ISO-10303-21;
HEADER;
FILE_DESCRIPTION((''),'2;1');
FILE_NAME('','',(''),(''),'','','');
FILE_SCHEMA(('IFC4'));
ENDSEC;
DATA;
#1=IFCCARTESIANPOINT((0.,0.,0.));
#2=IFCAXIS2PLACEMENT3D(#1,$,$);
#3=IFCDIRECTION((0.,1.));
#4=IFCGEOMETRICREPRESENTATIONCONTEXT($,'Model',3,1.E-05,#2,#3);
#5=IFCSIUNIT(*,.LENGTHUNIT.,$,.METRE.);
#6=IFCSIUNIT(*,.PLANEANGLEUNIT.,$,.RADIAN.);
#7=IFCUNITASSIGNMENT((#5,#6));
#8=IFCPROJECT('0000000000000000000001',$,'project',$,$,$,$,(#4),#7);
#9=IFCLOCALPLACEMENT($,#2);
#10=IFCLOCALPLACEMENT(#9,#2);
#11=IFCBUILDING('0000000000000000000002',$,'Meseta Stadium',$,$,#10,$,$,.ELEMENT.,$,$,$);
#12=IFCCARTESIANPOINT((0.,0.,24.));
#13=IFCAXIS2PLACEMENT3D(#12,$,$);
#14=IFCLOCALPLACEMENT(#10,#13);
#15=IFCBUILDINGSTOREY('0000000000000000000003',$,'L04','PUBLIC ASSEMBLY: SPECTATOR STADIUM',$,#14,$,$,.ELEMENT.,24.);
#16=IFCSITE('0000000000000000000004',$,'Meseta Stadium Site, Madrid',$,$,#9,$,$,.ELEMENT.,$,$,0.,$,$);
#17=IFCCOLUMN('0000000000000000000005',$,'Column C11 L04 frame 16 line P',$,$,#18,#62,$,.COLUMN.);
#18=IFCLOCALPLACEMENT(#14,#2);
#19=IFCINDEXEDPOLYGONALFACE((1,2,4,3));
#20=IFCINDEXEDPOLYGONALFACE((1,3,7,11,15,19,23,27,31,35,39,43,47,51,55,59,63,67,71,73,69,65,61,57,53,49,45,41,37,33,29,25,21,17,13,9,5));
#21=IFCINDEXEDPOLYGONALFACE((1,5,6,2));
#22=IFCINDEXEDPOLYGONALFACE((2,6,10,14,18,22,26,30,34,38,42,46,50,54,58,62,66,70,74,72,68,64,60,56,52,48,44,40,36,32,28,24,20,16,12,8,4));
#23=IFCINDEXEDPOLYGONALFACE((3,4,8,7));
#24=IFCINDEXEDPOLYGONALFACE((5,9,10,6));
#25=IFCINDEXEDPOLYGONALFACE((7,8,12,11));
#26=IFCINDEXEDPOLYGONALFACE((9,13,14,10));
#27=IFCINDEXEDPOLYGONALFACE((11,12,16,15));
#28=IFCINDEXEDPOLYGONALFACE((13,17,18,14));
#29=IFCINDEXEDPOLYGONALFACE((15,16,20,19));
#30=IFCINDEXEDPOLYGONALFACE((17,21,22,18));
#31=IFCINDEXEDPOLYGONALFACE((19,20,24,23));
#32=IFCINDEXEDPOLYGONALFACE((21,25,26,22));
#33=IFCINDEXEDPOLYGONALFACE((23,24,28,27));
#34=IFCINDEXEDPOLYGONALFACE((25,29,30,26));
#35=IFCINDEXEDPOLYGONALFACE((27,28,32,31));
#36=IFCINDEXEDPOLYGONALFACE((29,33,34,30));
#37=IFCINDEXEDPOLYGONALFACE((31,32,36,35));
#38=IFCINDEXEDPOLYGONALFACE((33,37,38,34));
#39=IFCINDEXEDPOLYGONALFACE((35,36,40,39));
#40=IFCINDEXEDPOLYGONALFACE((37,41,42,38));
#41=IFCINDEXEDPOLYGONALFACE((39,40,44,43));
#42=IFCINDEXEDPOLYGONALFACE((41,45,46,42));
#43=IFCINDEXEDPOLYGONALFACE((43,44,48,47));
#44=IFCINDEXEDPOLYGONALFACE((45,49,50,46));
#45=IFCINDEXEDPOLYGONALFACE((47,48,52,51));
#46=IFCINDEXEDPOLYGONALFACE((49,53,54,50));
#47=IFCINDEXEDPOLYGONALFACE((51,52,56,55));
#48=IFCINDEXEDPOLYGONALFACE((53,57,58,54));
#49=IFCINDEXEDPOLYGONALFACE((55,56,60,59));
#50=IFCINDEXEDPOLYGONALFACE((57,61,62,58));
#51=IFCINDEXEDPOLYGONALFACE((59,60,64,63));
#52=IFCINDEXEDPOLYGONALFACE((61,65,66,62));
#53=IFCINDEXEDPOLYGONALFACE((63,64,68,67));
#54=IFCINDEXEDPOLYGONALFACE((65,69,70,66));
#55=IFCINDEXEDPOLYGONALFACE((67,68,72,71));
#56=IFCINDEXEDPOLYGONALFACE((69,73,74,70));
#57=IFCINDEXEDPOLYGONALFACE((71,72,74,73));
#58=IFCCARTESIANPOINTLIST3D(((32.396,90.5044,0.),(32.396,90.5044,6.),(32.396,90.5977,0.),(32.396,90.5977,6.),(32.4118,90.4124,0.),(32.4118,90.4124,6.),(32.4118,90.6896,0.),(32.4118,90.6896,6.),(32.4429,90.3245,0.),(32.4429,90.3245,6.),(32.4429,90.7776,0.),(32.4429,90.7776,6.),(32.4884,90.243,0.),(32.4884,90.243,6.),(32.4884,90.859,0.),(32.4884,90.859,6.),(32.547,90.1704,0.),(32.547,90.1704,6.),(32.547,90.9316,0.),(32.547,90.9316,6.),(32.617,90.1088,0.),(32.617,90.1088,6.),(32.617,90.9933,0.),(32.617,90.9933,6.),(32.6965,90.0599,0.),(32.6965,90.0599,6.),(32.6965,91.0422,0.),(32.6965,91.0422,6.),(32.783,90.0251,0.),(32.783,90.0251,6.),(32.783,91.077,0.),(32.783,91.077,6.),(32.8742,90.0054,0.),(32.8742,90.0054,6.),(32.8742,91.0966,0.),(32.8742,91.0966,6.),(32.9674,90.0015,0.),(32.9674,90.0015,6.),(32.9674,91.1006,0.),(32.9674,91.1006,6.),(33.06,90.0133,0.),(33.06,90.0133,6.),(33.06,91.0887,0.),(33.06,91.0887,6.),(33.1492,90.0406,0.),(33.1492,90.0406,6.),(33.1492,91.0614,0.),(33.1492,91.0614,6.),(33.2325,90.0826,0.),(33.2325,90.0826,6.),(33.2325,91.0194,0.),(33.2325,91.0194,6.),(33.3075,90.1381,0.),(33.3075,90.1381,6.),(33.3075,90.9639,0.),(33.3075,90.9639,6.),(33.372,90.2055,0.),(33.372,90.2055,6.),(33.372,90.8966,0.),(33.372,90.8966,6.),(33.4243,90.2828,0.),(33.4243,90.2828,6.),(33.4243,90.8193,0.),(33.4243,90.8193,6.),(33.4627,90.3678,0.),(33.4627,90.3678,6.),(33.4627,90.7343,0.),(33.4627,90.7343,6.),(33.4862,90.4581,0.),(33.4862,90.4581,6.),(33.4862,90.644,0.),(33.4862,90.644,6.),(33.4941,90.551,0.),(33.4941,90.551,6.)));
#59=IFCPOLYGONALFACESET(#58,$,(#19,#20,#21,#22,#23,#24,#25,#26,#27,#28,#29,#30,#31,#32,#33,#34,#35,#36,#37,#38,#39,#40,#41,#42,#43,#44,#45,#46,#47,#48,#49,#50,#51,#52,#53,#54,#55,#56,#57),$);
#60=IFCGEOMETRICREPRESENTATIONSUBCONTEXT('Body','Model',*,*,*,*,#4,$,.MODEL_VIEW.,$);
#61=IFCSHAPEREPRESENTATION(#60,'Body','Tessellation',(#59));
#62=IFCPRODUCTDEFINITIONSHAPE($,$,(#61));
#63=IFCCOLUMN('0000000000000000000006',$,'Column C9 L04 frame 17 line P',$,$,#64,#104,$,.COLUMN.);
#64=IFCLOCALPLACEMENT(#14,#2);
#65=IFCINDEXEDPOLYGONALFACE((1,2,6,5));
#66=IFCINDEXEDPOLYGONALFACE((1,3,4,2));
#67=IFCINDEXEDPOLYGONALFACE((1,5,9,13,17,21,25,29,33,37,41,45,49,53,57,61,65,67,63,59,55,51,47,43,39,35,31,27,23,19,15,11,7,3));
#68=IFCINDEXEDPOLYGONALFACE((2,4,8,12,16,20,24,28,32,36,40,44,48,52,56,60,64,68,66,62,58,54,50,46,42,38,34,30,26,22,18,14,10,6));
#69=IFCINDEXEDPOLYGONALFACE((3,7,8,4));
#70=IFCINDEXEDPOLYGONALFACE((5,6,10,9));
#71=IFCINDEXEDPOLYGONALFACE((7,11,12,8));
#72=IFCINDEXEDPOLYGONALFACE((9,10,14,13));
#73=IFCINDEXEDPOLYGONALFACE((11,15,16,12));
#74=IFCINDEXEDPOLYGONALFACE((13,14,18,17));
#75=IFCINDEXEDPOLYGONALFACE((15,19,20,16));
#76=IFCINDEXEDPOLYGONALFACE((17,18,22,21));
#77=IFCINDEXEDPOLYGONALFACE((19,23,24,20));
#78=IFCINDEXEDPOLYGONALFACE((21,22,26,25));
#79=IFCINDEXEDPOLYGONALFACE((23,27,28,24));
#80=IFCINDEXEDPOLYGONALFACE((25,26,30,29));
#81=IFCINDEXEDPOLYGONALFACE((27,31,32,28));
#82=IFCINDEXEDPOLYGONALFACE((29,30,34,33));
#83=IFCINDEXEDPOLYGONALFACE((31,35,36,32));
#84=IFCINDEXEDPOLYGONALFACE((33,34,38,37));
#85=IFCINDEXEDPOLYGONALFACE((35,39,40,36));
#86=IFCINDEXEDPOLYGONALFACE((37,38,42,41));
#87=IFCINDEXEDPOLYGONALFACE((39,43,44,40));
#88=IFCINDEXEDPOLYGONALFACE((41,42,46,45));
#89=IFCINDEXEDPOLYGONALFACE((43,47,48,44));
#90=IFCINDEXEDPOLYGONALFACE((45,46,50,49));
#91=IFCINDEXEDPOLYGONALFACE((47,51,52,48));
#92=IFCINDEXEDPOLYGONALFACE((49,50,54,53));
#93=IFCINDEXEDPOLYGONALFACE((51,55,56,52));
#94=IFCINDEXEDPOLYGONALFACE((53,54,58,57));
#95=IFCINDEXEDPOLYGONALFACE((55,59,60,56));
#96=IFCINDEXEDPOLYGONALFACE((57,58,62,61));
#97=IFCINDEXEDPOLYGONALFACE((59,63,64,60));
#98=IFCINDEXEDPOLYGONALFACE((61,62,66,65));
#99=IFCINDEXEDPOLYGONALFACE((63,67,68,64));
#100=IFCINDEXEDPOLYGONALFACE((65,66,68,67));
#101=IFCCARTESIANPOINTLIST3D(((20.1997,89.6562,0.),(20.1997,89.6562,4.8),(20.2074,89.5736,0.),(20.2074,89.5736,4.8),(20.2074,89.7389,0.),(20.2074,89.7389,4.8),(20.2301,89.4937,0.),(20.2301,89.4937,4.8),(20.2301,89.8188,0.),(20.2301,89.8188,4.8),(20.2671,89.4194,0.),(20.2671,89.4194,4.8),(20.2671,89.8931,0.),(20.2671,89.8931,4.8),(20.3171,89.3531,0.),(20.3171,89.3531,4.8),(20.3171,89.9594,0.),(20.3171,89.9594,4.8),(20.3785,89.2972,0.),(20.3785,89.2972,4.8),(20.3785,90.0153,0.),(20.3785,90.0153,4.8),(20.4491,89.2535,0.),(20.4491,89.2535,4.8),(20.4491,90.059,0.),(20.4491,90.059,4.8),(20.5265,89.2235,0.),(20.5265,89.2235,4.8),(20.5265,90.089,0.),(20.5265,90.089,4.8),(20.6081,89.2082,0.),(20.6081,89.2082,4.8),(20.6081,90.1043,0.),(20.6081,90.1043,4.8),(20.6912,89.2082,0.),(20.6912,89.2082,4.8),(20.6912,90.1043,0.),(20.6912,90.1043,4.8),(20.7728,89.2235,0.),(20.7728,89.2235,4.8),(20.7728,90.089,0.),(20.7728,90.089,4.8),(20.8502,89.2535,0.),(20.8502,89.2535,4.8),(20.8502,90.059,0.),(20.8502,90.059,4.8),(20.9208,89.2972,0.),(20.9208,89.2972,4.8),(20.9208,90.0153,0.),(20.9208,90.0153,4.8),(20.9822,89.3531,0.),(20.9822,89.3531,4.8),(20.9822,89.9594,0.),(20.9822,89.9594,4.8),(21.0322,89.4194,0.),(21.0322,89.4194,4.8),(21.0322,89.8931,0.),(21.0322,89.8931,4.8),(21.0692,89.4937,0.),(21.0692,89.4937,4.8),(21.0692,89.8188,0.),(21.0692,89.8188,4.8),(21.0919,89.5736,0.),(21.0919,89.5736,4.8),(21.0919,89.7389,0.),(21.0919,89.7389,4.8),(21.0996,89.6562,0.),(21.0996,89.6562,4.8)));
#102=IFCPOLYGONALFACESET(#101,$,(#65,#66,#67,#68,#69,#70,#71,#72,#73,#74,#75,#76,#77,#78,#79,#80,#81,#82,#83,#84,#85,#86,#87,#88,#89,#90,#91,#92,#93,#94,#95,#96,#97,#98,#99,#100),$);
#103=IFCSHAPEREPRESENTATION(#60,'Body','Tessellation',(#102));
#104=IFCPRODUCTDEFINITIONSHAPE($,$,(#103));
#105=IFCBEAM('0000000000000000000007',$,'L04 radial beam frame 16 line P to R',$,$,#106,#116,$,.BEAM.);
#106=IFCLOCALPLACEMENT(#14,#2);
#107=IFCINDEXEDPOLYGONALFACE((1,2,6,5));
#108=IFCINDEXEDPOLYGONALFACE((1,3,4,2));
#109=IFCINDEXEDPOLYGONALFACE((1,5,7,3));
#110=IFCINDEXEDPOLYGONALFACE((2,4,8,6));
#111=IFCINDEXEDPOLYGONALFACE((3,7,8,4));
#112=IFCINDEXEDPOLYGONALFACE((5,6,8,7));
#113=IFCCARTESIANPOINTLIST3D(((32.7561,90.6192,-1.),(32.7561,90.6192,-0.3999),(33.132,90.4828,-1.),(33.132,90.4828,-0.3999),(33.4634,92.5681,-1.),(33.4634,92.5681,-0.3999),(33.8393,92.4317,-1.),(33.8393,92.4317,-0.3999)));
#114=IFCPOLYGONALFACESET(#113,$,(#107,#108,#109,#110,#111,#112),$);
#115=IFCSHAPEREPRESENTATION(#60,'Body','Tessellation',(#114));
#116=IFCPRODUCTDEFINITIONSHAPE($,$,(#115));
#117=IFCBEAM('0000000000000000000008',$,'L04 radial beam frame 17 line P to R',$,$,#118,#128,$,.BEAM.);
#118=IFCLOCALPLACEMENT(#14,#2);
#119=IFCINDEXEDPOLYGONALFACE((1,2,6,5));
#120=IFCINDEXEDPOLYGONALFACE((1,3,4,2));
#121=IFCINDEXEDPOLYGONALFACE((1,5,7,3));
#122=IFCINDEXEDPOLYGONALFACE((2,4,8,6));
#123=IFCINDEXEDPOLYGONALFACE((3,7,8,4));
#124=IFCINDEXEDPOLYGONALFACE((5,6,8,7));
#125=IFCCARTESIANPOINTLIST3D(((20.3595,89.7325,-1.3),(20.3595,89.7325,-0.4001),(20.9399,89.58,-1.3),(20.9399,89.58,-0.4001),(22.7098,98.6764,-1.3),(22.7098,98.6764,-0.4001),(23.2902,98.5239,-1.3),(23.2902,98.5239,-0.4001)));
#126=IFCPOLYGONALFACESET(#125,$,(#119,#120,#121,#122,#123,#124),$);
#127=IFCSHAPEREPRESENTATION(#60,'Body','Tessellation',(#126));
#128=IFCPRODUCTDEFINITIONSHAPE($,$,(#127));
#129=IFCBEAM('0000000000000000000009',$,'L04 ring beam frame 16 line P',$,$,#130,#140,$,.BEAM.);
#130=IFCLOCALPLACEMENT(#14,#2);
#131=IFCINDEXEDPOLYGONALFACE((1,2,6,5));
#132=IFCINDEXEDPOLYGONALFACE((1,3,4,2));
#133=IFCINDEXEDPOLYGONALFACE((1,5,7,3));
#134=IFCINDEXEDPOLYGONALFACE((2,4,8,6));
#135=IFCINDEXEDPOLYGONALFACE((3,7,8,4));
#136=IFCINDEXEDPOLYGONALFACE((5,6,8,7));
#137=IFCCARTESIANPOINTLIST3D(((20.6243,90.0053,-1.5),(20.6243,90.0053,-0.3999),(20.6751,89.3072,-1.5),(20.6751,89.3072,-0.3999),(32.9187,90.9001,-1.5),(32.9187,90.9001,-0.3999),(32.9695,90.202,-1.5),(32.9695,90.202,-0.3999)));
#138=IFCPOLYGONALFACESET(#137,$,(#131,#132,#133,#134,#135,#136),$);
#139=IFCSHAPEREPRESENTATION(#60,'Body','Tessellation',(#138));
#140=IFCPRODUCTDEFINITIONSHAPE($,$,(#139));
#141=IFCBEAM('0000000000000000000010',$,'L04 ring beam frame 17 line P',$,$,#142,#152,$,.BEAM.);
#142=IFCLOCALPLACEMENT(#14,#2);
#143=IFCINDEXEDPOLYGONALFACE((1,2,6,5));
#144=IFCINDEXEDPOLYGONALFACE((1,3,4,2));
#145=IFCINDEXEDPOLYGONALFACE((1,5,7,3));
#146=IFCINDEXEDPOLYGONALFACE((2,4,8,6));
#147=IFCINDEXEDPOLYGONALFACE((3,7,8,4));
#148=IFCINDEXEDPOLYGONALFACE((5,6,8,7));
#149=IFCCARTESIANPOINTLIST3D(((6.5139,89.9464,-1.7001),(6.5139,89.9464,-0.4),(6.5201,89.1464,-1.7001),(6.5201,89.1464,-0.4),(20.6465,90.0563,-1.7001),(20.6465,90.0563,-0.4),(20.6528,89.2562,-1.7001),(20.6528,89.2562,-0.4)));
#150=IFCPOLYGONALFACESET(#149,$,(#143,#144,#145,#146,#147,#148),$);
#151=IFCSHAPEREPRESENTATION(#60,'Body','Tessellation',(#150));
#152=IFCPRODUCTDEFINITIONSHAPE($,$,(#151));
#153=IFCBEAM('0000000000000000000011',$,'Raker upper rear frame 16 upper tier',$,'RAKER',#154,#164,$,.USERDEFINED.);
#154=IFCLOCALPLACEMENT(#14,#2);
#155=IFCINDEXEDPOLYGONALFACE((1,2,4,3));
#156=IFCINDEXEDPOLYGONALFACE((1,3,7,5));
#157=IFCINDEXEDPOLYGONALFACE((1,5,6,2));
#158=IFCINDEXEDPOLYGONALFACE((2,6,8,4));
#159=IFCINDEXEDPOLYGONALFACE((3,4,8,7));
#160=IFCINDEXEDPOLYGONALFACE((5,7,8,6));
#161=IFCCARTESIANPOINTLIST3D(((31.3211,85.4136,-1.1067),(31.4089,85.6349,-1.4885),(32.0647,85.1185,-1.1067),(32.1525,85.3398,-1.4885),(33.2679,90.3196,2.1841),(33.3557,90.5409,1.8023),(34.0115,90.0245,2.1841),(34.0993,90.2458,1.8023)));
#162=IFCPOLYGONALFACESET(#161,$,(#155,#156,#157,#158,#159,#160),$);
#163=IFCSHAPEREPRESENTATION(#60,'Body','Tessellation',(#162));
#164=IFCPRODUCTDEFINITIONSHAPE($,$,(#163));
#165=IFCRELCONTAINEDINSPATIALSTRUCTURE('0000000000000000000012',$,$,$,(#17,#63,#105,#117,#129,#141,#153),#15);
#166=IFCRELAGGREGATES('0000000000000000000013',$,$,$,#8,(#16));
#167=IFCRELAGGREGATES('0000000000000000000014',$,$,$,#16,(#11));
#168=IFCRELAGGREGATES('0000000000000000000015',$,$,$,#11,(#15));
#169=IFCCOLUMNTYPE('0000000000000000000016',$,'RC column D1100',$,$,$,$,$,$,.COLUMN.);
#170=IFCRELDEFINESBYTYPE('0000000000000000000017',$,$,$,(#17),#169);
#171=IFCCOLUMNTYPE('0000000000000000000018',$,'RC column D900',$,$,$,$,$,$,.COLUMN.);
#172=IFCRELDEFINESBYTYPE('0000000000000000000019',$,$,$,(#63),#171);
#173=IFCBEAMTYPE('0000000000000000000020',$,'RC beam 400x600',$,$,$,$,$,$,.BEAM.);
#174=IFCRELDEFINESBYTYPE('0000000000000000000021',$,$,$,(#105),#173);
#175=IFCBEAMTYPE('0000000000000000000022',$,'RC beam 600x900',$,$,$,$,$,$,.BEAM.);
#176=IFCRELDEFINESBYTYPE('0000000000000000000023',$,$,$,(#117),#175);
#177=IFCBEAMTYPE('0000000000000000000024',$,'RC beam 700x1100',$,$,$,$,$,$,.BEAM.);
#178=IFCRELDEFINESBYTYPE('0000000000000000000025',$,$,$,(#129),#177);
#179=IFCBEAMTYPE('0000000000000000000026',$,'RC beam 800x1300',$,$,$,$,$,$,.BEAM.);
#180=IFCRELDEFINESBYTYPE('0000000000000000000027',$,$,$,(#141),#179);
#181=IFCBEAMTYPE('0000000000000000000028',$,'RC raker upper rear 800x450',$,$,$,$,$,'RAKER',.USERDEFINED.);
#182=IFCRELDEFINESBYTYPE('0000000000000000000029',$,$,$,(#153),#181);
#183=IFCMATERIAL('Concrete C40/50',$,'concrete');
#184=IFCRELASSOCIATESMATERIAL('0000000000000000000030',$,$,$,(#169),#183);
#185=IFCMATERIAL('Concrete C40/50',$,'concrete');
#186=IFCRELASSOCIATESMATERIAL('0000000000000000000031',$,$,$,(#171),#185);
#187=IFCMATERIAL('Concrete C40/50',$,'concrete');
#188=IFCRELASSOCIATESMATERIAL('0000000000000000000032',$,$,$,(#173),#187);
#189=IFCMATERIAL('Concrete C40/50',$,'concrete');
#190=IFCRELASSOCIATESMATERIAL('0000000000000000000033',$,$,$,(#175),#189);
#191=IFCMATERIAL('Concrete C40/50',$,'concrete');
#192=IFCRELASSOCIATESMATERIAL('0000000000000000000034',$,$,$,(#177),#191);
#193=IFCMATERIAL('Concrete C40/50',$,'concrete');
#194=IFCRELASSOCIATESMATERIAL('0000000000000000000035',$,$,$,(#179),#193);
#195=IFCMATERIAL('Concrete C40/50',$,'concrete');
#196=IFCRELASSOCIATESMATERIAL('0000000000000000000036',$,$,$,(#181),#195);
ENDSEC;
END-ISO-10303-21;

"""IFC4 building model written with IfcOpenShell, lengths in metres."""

from ifc_helpers import new_model, si_unit, direction, frame, origin, origin_2d, place, context, subcontext, project, spatial, rectangle, circle, extrude, material, material_profile, profile_set, type_object, element, save


model = new_model("IFC4")

# Units and contexts
model_context = context("Model", 3, precision=1e-05, world=origin(), true_north=direction((0.0, 1.0)))
body_context = subcontext(model_context, "Body", "Model", "MODEL_VIEW")
ifc_project = project(units=[si_unit("LENGTHUNIT", "METRE"), si_unit("PLANEANGLEUNIT", "RADIAN")], contexts=[model_context])

# Site, building, storey
site_placement = place(None, origin())
site = spatial("IfcSite", under=ifc_project, at=site_placement, Name="Meseta Stadium Site, Madrid", CompositionType="ELEMENT", RefElevation=0.0)
building_placement = place(site_placement, origin())
building = spatial("IfcBuilding", under=site, at=building_placement, Name="Meseta Stadium", CompositionType="ELEMENT")
storey_placement = place(building_placement, frame((0.0, 0.0, 24.0)))
storey = spatial("IfcBuildingStorey", under=building, at=storey_placement, Name="L04", Description="PUBLIC ASSEMBLY: SPECTATOR STADIUM", CompositionType="ELEMENT", Elevation=24.0)

# Columns
ifc_material_1 = material(Name="Concrete C40/50", Category="concrete")
ifc_material_profile_1 = material_profile(ifc_material_1, circle(Radius=0.55, at=origin_2d()), Name="RC D1100")
ifc_profile_set_1 = profile_set([ifc_material_profile_1], Name="Concrete C40/50")
column_type_1 = type_object("IfcColumnType", Name="RC column D1100", PredefinedType="COLUMN", material=ifc_profile_set_1)
column_1_placement = place(storey_placement, frame((32.9441, 90.551, 0.0), z_axis=(0.0, 0.0, 1.0), x_axis=(1.0, 0.0, 0.0)))
element("IfcColumn", 1, at=column_1_placement, inside=storey, type_object=column_type_1, Name="Column C11 L04 frame 16 line P", PredefinedType="COLUMN", context=body_context, shape_type="SweptSolid", body=[
    extrude(circle(Radius=0.55, at=origin_2d()), origin(), (0.0, 0.0, 1.0), 6.0),
])
ifc_material_2 = material(Name="Concrete C40/50", Category="concrete")
ifc_material_profile_2 = material_profile(ifc_material_2, circle(Radius=0.45, at=origin_2d()), Name="RC D900")
ifc_profile_set_2 = profile_set([ifc_material_profile_2], Name="Concrete C40/50")
column_type_2 = type_object("IfcColumnType", Name="RC column D900", PredefinedType="COLUMN", material=ifc_profile_set_2)
column_2_placement = place(storey_placement, frame((20.6497, 89.6562, 0.0), z_axis=(0.0, 0.0, 1.0), x_axis=(1.0, 0.0, 0.0)))
element("IfcColumn", 2, at=column_2_placement, inside=storey, type_object=column_type_2, Name="Column C9 L04 frame 17 line P", PredefinedType="COLUMN", context=body_context, shape_type="SweptSolid", body=[
    extrude(circle(Radius=0.45, at=origin_2d()), origin(), (0.0, 0.0, 1.0), 4.8),
])

# Beams
ifc_material_3 = material(Name="Concrete C40/50", Category="concrete")
ifc_material_profile_3 = material_profile(ifc_material_3, rectangle(XDim=0.3999, YDim=0.6001, at=origin_2d()), Name="RC 400x600")
ifc_profile_set_3 = profile_set([ifc_material_profile_3], Name="Concrete C40/50")
beam_type_1 = type_object("IfcBeamType", Name="RC beam 400x600", PredefinedType="BEAM", material=ifc_profile_set_3)
beam_1_placement = place(storey_placement, frame((32.9441, 90.551, -0.7), z_axis=(0.341128, 0.940017, 0.0), x_axis=(-0.940017, 0.341128, 0.0)))
element("IfcBeam", 3, at=beam_1_placement, inside=storey, type_object=beam_type_1, Name="L04 radial beam frame 16 line P to R", PredefinedType="BEAM", context=body_context, shape_type="SweptSolid", body=[
    extrude(rectangle(XDim=0.3999, YDim=0.6001, at=origin_2d()), origin(), (0.0, 0.0, 1.0), 2.0732),
])
ifc_material_4 = material(Name="Concrete C40/50", Category="concrete")
ifc_material_profile_4 = material_profile(ifc_material_4, rectangle(XDim=0.6001, YDim=0.8999, at=origin_2d()), Name="RC 600x900")
ifc_profile_set_4 = profile_set([ifc_material_profile_4], Name="Concrete C40/50")
beam_type_2 = type_object("IfcBeamType", Name="RC beam 600x900", PredefinedType="BEAM", material=ifc_profile_set_4)
beam_2_placement = place(storey_placement, frame((20.6497, 89.6562, -0.8501), z_axis=(0.254159, 0.967162, 0.0), x_axis=(-0.967162, 0.254159, 0.0)))
element("IfcBeam", 4, at=beam_2_placement, inside=storey, type_object=beam_type_2, Name="L04 radial beam frame 17 line P to R", PredefinedType="BEAM", context=body_context, shape_type="SweptSolid", body=[
    extrude(rectangle(XDim=0.6001, YDim=0.8999, at=origin_2d()), origin(), (0.0, 0.0, 1.0), 9.2476),
])
ifc_material_5 = material(Name="Concrete C40/50", Category="concrete")
ifc_material_profile_5 = material_profile(ifc_material_5, rectangle(XDim=0.7, YDim=1.1001, at=origin_2d()), Name="RC 700x1100")
ifc_profile_set_5 = profile_set([ifc_material_profile_5], Name="Concrete C40/50")
beam_type_3 = type_object("IfcBeamType", Name="RC beam 700x1100", PredefinedType="BEAM", material=ifc_profile_set_5)
beam_3_placement = place(storey_placement, frame((32.9441, 90.551, -0.95), z_axis=(-0.997362, -0.072587, 0.0), x_axis=(0.072587, -0.997362, 0.0)))
element("IfcBeam", 5, at=beam_3_placement, inside=storey, type_object=beam_type_3, Name="L04 ring beam frame 16 line P", PredefinedType="BEAM", context=body_context, shape_type="SweptSolid", body=[
    extrude(rectangle(XDim=0.7, YDim=1.1001, at=origin_2d()), origin(), (0.0, 0.0, 1.0), 12.3269),
])
ifc_material_6 = material(Name="Concrete C40/50", Category="concrete")
ifc_material_profile_6 = material_profile(ifc_material_6, rectangle(XDim=0.8, YDim=1.3, at=origin_2d()), Name="RC 800x1300")
ifc_profile_set_6 = profile_set([ifc_material_profile_6], Name="Concrete C40/50")
beam_type_4 = type_object("IfcBeamType", Name="RC beam 800x1300", PredefinedType="BEAM", material=ifc_profile_set_6)
beam_4_placement = place(storey_placement, frame((20.6497, 89.6562, -1.05), z_axis=(-0.99997, -0.007774, 0.0), x_axis=(0.007774, -0.99997, 0.0)))
element("IfcBeam", 6, at=beam_4_placement, inside=storey, type_object=beam_type_4, Name="L04 ring beam frame 17 line P", PredefinedType="BEAM", context=body_context, shape_type="SweptSolid", body=[
    extrude(rectangle(XDim=0.8, YDim=1.3, at=origin_2d()), origin(), (0.0, 0.0, 1.0), 14.1331),
])
ifc_material_7 = material(Name="Concrete C40/50", Category="concrete")
ifc_material_profile_7 = material_profile(ifc_material_7, rectangle(XDim=0.8, YDim=0.45, at=origin_2d()), Name="RC 800x450")
ifc_profile_set_7 = profile_set([ifc_material_profile_7], Name="Concrete C40/50")
beam_type_5 = type_object("IfcBeamType", Name="RC raker upper rear 800x450", ElementType="RAKER", PredefinedType="USERDEFINED", material=ifc_profile_set_7)
beam_5_placement = place(storey_placement, frame((31.7368, 85.3767, -1.2976), z_axis=(0.312988, 0.788751, 0.529066), x_axis=(-0.929494, 0.368837, 0.0)))
element("IfcBeam", 7, at=beam_5_placement, inside=storey, type_object=beam_type_5, Name="Raker upper rear frame 16 upper tier", ObjectType="RAKER", PredefinedType="USERDEFINED", context=body_context, shape_type="SweptSolid", body=[
    extrude(rectangle(XDim=0.8, YDim=0.45, at=origin_2d()), origin(), (0.0, 0.0, 1.0), 6.22),
])

save(model, "model.ifc")
